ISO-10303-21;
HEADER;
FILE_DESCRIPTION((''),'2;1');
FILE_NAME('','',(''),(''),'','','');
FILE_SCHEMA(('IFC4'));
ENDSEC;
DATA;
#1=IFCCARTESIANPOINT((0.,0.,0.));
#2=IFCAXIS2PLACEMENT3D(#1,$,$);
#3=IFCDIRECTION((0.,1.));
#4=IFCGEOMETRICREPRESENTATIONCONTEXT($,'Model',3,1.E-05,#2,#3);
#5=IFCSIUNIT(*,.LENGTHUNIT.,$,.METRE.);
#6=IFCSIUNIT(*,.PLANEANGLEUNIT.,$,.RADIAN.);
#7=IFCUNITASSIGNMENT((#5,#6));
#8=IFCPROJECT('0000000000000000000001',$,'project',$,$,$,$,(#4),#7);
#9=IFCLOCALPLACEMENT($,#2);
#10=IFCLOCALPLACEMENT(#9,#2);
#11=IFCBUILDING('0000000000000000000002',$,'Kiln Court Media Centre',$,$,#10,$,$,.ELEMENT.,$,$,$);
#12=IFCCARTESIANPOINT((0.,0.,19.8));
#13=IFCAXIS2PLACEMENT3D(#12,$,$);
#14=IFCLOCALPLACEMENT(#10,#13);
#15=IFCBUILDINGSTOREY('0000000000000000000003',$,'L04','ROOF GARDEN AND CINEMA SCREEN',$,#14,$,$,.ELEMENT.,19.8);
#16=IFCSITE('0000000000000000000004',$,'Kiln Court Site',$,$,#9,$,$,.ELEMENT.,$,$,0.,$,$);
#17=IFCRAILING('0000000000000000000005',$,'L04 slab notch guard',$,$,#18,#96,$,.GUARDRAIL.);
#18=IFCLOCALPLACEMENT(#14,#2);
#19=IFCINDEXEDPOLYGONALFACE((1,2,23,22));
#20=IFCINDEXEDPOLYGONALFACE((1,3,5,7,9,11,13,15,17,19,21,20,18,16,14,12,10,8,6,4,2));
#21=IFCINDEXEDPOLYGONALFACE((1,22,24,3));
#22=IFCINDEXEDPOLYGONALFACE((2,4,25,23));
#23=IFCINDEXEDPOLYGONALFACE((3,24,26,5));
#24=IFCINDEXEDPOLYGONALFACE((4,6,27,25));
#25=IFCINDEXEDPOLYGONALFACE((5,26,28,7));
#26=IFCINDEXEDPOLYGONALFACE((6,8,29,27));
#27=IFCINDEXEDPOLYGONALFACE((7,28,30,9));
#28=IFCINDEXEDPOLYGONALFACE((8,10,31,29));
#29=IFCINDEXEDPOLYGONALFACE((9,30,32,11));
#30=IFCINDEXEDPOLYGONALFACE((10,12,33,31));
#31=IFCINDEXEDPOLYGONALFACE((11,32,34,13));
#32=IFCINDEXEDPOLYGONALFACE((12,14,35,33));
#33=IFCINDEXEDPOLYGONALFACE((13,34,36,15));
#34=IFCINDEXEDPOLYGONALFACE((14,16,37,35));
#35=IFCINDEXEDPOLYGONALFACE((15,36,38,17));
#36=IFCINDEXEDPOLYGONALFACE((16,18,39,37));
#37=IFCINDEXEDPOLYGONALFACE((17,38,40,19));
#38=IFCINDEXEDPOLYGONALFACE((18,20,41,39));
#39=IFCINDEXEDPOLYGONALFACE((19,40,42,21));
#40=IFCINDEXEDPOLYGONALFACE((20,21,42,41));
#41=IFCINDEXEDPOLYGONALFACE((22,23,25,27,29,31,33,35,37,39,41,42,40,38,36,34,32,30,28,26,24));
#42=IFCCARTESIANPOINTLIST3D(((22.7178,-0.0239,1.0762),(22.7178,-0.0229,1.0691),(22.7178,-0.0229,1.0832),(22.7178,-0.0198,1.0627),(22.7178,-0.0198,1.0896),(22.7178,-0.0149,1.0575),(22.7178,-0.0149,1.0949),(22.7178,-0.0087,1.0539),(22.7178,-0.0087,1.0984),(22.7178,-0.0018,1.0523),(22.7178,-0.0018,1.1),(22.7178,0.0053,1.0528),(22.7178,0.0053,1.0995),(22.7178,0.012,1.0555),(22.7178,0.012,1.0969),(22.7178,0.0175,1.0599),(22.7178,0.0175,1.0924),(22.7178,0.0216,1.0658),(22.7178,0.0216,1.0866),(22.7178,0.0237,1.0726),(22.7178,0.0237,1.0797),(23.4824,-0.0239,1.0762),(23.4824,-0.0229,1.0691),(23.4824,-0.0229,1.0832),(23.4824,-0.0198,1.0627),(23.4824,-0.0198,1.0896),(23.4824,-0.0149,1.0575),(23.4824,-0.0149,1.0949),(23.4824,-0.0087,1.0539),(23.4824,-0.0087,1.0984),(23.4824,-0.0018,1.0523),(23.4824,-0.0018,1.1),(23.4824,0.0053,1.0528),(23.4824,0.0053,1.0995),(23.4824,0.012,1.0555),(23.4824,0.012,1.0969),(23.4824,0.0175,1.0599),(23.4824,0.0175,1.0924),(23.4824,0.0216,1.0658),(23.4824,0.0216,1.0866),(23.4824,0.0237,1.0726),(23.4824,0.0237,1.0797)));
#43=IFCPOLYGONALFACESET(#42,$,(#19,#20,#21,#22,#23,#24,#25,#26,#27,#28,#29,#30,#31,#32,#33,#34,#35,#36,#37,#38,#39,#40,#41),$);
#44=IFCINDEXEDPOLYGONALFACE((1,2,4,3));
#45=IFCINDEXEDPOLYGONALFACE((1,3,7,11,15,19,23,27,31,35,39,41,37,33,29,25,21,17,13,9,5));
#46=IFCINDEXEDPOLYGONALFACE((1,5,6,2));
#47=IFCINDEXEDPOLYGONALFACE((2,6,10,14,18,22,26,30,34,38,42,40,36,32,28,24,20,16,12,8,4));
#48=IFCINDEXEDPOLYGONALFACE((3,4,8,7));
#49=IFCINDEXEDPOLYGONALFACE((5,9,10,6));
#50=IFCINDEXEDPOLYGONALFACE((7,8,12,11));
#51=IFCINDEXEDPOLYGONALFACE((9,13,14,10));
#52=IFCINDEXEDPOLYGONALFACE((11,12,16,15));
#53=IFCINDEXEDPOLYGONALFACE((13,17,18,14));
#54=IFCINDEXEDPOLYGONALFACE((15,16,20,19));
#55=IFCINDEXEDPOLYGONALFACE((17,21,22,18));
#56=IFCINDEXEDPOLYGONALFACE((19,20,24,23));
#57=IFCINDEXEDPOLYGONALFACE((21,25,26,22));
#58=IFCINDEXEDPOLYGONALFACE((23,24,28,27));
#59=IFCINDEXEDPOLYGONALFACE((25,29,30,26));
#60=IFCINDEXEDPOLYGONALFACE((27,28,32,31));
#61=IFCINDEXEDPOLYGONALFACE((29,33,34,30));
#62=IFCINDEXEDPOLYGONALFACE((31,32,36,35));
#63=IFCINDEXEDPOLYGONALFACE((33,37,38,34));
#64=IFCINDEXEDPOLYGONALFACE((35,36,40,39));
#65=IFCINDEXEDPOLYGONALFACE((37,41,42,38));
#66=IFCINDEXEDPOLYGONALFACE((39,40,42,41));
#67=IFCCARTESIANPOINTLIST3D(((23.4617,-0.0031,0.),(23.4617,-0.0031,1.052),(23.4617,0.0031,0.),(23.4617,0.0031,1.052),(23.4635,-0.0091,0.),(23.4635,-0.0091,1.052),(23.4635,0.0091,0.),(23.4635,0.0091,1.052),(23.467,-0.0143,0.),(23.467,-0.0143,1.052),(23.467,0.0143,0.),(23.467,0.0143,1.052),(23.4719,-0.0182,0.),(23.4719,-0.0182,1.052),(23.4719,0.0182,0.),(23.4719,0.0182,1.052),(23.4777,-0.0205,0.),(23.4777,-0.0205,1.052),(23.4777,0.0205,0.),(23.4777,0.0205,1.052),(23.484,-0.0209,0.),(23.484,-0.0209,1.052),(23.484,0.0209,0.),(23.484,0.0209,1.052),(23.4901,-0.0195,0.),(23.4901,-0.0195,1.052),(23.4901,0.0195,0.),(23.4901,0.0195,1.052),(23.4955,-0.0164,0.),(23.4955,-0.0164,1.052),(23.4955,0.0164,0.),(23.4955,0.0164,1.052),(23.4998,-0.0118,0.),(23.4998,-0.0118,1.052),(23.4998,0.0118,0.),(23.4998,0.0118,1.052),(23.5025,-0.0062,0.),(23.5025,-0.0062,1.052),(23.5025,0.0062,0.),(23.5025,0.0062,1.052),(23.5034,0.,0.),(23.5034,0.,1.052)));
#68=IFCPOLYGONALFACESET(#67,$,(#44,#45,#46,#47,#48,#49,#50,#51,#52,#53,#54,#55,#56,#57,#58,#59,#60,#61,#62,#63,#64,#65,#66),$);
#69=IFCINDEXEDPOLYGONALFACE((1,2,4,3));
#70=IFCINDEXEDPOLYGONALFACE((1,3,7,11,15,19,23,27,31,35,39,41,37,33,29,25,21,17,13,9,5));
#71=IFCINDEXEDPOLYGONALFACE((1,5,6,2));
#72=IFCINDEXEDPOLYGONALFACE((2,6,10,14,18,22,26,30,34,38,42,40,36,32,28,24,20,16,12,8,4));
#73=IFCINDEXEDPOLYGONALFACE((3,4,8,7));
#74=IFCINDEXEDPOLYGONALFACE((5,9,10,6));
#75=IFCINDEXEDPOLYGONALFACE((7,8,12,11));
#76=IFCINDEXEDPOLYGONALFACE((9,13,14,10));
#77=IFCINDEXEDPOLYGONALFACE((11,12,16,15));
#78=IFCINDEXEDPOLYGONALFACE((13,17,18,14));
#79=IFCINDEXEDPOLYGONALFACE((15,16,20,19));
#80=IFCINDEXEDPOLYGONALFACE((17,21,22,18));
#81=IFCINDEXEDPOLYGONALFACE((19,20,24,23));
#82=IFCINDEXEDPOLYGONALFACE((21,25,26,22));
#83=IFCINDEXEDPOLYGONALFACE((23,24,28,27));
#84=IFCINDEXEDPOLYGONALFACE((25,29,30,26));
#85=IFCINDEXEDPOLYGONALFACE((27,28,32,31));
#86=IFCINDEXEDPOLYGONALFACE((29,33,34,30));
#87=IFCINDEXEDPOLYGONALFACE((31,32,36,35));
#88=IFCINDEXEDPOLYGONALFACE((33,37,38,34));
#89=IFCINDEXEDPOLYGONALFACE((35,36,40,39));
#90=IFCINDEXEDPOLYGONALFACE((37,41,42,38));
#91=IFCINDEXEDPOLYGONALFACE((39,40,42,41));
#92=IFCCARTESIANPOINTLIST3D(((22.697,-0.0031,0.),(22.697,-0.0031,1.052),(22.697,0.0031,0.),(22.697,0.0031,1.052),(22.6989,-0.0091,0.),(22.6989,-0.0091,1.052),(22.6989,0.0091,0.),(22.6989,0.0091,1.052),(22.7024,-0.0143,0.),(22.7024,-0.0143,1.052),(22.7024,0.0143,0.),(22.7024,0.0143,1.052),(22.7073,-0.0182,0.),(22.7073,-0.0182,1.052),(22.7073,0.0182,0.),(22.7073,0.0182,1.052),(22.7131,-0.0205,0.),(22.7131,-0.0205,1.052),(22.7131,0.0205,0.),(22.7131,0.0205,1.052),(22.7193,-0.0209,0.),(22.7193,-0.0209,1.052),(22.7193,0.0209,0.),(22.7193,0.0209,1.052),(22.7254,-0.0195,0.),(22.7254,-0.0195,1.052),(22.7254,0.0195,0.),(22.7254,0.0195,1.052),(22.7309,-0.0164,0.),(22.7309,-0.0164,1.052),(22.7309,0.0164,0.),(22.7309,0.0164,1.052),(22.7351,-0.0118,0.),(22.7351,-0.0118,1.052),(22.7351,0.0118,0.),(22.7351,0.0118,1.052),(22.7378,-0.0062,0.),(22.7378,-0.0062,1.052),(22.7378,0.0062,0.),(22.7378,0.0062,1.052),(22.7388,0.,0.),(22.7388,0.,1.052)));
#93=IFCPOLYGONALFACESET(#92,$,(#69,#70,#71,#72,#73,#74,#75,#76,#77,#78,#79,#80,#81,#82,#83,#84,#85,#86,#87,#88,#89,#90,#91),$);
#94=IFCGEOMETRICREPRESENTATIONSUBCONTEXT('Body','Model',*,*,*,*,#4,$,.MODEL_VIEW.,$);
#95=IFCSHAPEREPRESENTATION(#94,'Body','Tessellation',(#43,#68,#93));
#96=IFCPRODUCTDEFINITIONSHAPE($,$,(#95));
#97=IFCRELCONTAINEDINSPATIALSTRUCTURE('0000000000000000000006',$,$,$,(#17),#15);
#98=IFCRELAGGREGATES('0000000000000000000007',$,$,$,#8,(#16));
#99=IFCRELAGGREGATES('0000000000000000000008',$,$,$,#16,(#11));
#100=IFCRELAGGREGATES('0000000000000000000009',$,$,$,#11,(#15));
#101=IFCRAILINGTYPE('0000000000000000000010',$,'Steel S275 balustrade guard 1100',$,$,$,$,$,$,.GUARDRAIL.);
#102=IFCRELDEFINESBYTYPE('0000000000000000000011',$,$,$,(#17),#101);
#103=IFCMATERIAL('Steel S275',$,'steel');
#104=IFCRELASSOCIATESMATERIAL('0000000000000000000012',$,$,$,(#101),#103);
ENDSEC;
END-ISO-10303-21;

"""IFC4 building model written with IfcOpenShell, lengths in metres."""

from ifc_helpers import new_model, si_unit, direction, frame, origin, origin_2d, place, context, subcontext, project, spatial, circle, extrude, material, type_object, element, save


model = new_model("IFC4")

# Units and contexts
model_context = context("Model", 3, precision=1e-05, world=origin(), true_north=direction((0.0, 1.0)))
body_context = subcontext(model_context, "Body", "Model", "MODEL_VIEW")
ifc_project = project(units=[si_unit("LENGTHUNIT", "METRE"), si_unit("PLANEANGLEUNIT", "RADIAN")], contexts=[model_context])

# Site, building, storey
site_placement = place(None, origin())
site = spatial("IfcSite", under=ifc_project, at=site_placement, Name="Kiln Court Site", CompositionType="ELEMENT", RefElevation=0.0)
building_placement = place(site_placement, origin())
building = spatial("IfcBuilding", under=site, at=building_placement, Name="Kiln Court Media Centre", CompositionType="ELEMENT")
storey_placement = place(building_placement, frame((0.0, 0.0, 19.8)))
storey = spatial("IfcBuildingStorey", under=building, at=storey_placement, Name="L04", Description="ROOF GARDEN AND CINEMA SCREEN", CompositionType="ELEMENT", Elevation=19.8)

# Railing
ifc_material_1 = material(Name="Steel S275", Category="steel")
railing_type = type_object("IfcRailingType", Name="Steel S275 balustrade guard 1100", PredefinedType="GUARDRAIL", material=ifc_material_1)
railing_placement = place(storey_placement, frame((23.4824, 0.0, 0.0)))
element("IfcRailing", 1, at=railing_placement, inside=storey, type_object=railing_type, Name="L04 slab notch guard", PredefinedType="GUARDRAIL", context=body_context, shape_type="SweptSolid", body=[
    extrude(circle(Radius=0.0239, at=origin_2d()), frame((0.0, 0.0, 1.0762), z_axis=(-1.0, 0.0, 0.0), x_axis=(0.0, -1.0, 0.0)), (0.0, 0.0, 1.0), 0.7646),
    extrude(circle(Radius=0.021, at=origin_2d()), origin(), (0.0, 0.0, 1.0), 1.052),
    extrude(circle(Radius=0.021, at=origin_2d()), frame((-0.7646, 0.0, 0.0)), (0.0, 0.0, 1.0), 1.052),
])

save(model, "model.ifc")
